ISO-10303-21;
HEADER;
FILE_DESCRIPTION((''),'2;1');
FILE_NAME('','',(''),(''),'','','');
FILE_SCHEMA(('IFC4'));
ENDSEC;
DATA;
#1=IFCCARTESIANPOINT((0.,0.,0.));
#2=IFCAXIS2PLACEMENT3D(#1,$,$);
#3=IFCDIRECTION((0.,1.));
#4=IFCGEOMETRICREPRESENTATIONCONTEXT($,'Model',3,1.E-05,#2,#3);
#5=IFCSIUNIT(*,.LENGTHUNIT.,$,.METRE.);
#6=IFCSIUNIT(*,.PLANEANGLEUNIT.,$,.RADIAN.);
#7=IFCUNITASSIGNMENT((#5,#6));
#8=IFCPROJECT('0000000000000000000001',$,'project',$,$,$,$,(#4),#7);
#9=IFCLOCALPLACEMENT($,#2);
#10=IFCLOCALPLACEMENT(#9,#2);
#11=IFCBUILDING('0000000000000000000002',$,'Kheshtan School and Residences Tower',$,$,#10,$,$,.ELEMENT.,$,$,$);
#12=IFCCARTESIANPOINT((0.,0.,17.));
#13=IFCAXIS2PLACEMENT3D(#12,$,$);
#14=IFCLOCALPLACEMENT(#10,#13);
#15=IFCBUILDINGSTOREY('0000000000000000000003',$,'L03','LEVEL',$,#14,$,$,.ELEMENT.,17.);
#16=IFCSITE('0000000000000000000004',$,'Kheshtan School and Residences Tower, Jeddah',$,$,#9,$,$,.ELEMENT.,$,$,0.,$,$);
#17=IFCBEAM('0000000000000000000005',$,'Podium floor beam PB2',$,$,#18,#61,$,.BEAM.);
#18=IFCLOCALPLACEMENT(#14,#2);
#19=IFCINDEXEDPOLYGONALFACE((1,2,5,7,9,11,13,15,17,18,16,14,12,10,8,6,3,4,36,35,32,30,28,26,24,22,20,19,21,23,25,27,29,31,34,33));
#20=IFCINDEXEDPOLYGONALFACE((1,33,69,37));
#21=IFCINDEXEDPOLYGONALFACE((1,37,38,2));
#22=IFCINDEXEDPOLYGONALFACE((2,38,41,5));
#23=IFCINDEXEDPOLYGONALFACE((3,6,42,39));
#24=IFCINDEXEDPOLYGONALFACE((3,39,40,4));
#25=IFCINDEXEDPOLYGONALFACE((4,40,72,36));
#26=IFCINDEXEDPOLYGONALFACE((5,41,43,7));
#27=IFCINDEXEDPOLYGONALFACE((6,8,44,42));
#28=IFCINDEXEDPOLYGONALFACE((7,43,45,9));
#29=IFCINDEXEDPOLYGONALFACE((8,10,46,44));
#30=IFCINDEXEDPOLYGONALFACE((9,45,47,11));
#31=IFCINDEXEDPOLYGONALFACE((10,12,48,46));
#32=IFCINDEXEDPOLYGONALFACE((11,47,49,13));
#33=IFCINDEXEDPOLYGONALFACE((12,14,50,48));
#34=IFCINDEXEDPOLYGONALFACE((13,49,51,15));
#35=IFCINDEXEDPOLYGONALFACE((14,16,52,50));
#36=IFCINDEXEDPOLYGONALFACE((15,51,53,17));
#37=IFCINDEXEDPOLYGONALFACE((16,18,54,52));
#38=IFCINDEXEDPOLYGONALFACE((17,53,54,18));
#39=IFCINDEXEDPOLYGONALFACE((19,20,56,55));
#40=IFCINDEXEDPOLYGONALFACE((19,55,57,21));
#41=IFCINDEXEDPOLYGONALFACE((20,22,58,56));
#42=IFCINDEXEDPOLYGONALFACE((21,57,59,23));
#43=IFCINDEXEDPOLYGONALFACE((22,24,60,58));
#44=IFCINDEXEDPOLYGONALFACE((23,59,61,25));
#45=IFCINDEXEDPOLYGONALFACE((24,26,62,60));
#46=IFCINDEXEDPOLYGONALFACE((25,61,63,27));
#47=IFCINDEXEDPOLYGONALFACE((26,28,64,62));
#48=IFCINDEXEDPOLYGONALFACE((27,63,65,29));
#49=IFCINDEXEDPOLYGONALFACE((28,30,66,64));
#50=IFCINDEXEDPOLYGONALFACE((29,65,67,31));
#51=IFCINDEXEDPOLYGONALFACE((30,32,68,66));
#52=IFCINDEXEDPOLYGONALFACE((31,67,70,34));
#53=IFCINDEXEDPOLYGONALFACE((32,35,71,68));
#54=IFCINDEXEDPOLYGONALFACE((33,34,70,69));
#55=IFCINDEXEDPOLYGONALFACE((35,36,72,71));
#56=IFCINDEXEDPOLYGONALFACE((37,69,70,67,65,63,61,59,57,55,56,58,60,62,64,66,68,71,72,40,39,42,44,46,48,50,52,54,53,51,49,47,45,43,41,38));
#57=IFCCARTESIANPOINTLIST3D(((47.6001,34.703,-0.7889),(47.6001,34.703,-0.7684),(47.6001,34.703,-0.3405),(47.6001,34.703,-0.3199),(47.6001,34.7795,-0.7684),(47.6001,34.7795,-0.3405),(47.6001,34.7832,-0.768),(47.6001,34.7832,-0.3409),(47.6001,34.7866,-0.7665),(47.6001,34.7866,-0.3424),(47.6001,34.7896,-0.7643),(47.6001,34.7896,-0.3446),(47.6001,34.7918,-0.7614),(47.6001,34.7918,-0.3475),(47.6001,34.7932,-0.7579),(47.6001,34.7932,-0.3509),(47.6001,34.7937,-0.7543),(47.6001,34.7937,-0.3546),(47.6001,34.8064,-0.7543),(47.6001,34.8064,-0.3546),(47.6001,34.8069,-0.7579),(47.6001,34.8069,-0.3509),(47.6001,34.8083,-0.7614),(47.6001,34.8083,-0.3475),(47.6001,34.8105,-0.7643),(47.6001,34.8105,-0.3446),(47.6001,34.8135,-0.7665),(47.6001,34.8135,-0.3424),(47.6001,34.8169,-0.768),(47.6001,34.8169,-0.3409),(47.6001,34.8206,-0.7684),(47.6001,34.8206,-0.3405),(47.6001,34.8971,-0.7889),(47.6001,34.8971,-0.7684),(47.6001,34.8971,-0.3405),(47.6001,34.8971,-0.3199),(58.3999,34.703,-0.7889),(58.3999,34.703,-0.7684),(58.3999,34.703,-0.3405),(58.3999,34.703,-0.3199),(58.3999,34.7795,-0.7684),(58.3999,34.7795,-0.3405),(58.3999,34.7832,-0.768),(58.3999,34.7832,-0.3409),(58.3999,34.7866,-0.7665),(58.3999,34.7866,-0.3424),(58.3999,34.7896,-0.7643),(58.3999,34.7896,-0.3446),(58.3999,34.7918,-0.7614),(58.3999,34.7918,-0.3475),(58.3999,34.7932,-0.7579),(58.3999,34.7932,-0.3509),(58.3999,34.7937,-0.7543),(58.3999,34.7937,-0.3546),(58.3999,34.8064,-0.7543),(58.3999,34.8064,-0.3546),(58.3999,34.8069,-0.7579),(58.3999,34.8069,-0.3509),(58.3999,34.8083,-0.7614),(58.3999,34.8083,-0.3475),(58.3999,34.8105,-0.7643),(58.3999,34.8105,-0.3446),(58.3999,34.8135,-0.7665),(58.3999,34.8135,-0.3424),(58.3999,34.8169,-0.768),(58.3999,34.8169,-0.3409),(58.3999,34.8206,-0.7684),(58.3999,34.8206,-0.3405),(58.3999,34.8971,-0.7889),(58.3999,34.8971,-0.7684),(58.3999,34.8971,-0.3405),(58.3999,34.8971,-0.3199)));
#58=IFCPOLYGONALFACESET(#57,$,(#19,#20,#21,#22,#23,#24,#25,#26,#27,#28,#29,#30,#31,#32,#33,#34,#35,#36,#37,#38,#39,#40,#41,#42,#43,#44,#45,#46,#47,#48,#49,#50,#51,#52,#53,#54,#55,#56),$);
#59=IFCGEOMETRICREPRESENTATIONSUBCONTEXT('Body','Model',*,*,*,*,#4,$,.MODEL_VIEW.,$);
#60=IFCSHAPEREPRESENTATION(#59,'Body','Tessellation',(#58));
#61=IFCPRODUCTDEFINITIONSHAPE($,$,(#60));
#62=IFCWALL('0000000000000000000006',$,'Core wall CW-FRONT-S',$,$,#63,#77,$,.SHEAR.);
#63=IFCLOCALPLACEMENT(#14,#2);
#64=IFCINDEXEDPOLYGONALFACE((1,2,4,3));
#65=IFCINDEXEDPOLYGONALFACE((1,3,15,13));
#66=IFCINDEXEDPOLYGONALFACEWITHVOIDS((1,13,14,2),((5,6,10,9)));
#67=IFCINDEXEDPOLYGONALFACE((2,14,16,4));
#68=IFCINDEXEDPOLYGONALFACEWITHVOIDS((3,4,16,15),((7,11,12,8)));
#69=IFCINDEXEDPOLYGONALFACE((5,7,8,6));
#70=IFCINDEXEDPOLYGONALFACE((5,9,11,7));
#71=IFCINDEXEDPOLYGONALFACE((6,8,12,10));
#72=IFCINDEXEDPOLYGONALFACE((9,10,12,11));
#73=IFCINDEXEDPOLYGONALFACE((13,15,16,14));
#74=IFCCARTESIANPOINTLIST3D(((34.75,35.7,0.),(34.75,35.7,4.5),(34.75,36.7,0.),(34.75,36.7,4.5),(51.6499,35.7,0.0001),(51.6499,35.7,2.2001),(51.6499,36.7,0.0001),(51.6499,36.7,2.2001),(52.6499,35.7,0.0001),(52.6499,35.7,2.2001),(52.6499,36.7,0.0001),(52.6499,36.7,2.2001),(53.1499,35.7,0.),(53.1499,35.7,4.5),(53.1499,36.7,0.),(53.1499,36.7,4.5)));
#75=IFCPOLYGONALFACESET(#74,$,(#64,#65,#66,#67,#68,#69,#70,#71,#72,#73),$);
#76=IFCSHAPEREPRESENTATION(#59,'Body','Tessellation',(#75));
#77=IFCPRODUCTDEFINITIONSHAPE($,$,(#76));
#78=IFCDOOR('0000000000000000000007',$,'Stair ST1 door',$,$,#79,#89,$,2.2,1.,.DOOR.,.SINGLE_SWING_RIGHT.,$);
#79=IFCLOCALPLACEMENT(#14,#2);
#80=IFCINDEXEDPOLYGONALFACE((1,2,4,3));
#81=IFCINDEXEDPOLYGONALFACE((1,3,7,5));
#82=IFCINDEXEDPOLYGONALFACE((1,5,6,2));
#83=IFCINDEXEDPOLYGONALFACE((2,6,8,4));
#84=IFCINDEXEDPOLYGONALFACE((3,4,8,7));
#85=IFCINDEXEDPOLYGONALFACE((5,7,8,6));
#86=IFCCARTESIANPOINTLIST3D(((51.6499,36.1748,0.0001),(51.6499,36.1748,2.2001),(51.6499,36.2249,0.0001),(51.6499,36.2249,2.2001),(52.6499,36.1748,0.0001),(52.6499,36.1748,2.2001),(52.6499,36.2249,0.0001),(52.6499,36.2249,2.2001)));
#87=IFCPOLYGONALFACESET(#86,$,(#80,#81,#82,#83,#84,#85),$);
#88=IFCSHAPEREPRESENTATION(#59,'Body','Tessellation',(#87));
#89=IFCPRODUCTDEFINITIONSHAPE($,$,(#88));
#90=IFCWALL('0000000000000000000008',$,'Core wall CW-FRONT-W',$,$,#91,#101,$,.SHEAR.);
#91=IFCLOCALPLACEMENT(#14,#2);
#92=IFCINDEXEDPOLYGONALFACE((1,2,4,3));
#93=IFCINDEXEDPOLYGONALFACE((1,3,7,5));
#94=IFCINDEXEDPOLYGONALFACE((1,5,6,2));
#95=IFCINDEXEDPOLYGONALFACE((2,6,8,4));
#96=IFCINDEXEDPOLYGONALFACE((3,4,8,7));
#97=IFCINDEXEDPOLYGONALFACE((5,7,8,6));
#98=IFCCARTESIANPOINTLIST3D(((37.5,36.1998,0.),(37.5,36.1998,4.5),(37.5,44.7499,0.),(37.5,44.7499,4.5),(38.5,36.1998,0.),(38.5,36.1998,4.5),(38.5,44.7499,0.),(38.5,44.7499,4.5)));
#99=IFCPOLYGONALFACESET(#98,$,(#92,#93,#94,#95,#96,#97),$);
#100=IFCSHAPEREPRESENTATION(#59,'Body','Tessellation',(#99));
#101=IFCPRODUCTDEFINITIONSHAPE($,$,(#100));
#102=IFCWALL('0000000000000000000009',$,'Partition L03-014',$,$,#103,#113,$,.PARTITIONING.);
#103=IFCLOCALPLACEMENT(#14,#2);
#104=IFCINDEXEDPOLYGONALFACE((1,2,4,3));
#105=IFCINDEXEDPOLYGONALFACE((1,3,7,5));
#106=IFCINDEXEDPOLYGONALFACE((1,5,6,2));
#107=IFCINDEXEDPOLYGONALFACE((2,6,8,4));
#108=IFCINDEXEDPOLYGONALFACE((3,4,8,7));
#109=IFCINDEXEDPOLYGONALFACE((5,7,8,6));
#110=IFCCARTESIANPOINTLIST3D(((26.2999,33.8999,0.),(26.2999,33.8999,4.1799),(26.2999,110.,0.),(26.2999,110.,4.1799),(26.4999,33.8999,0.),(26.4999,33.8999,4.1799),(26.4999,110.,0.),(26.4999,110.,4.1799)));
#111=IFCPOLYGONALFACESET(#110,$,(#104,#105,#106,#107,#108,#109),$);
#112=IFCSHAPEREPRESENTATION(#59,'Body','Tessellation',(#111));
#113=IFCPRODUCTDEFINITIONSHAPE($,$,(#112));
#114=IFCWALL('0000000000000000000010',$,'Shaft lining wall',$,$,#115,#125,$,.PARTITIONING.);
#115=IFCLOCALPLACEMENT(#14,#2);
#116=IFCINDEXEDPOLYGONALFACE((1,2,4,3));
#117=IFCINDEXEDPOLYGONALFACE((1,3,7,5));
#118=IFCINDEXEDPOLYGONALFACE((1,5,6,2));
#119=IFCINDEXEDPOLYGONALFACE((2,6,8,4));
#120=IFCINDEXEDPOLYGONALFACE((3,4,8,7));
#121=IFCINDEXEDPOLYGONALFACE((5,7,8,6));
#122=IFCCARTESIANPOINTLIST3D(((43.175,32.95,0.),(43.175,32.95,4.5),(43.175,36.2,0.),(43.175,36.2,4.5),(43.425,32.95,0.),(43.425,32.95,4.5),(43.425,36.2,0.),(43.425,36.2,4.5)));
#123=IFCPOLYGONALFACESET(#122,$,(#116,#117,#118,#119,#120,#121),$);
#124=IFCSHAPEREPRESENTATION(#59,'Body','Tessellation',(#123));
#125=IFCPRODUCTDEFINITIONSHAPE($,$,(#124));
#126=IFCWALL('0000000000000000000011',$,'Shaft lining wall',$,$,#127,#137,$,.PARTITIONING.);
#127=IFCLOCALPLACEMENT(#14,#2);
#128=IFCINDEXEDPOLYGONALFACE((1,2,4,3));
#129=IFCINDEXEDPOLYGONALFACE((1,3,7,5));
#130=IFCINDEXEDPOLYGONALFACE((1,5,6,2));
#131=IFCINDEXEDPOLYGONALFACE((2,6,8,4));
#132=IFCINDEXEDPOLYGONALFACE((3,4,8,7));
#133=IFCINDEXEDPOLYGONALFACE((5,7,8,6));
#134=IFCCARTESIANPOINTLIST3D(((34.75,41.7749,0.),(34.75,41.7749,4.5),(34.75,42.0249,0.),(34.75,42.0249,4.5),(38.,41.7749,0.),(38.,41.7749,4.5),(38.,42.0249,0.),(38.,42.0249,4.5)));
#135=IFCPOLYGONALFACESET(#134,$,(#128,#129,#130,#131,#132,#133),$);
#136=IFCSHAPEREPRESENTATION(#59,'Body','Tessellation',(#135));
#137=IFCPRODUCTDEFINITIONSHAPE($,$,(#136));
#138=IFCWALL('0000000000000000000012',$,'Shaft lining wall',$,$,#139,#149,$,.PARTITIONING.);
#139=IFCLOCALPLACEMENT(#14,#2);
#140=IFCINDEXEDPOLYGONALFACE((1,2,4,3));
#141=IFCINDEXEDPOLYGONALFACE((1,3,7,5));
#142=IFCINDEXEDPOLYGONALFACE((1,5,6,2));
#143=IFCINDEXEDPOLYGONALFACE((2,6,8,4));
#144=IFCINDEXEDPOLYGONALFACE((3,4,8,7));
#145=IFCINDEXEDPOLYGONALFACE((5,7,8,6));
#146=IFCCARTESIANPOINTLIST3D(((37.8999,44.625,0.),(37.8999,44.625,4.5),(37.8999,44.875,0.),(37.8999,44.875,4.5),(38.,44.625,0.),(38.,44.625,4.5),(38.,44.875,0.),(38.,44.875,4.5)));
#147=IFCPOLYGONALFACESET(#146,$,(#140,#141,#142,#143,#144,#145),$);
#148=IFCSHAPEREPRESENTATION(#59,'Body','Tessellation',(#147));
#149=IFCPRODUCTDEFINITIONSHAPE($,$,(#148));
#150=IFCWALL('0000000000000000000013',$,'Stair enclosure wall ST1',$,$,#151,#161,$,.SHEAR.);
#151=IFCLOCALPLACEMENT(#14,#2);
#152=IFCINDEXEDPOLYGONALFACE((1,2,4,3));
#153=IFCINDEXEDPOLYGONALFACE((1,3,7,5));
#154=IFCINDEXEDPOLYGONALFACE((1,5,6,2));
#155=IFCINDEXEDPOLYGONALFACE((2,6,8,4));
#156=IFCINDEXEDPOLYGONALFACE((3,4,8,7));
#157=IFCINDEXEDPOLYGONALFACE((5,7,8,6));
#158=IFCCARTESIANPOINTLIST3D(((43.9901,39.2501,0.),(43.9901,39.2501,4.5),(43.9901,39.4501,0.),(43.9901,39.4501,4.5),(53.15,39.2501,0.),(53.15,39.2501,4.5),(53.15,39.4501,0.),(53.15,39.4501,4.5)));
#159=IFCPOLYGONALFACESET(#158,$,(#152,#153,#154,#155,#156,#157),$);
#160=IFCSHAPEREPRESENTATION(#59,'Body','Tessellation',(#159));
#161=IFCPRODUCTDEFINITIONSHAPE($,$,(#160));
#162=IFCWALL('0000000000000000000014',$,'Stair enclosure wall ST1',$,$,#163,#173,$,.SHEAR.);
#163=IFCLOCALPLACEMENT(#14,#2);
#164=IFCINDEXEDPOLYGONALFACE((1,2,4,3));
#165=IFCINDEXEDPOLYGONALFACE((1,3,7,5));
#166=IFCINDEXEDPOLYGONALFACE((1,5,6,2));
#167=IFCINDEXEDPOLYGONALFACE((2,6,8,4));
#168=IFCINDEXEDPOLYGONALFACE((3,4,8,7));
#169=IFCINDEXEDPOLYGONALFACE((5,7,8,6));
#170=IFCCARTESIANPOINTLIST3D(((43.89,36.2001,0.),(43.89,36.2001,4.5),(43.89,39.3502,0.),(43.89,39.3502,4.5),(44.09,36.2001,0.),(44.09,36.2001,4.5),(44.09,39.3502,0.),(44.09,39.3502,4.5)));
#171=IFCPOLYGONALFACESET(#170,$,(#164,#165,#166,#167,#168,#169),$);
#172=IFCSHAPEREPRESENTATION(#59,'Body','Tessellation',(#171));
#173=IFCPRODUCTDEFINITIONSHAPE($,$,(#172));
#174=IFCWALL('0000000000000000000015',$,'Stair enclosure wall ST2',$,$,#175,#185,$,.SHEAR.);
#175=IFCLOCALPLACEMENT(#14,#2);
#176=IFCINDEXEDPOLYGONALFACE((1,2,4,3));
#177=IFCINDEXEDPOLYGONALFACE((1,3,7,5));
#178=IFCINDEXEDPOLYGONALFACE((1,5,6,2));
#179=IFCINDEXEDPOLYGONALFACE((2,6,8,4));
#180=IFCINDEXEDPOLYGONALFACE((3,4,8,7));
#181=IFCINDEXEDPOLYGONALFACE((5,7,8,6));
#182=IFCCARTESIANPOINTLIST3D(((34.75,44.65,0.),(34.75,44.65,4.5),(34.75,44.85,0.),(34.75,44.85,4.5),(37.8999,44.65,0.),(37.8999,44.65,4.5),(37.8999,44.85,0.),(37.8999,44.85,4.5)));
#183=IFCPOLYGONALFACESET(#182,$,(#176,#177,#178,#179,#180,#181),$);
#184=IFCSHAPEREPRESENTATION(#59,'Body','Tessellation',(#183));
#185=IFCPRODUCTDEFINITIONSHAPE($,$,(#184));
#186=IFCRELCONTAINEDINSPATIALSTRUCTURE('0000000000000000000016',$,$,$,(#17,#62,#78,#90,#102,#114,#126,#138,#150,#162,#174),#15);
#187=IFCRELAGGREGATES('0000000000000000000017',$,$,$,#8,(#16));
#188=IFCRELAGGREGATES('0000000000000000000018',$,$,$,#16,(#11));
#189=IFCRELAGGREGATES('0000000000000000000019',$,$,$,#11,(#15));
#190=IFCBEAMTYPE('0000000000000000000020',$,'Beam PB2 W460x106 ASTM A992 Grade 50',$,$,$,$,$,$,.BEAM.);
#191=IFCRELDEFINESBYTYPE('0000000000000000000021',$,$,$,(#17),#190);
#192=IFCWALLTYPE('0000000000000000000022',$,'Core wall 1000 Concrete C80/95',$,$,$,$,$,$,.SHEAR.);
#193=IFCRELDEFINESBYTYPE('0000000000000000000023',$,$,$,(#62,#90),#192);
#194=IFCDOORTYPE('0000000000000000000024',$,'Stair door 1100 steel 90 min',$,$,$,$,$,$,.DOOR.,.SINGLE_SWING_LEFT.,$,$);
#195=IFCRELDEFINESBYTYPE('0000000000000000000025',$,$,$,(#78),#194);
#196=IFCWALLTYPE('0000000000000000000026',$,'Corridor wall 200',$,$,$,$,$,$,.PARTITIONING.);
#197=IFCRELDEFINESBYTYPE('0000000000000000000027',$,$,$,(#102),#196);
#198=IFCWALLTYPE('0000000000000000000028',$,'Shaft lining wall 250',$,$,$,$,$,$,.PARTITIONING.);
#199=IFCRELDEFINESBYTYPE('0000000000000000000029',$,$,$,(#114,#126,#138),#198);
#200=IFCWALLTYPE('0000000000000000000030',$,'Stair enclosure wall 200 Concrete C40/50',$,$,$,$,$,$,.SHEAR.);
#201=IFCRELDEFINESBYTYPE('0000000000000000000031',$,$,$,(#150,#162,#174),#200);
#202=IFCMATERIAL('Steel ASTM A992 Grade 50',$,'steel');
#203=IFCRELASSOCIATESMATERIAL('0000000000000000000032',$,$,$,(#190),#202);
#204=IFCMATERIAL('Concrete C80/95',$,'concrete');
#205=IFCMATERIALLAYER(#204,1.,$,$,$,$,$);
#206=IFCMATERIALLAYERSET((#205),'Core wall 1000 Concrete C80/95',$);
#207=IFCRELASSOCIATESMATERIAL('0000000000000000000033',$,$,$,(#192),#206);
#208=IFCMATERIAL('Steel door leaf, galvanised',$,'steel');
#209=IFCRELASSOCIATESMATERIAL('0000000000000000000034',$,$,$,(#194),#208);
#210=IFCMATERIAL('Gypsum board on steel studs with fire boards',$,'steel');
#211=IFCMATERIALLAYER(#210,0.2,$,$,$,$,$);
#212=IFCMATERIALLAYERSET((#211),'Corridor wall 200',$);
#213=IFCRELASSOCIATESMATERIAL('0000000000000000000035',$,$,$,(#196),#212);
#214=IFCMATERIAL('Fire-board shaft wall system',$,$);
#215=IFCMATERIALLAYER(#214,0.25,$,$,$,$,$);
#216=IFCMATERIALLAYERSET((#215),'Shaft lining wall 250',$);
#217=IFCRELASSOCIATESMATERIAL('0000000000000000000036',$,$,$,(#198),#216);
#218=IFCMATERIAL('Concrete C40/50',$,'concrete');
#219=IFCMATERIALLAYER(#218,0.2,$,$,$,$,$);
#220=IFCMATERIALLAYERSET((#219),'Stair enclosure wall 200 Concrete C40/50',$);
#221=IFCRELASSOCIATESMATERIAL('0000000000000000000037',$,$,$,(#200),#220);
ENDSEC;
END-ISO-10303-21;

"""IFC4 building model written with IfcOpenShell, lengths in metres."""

from ifc_helpers import new_model, si_unit, direction, frame, frame_2d, origin, origin_2d, place, context, subcontext, project, spatial, rectangle, i_section, extrude, source, transform, mapped, material, layer, layer_set, material_profile, profile_set, type_object, element, fill, save


model = new_model("IFC4")

# Units and contexts
model_context = context("Model", 3, precision=1e-05, world=origin(), true_north=direction((0.0, 1.0)))
body_context = subcontext(model_context, "Body", "Model", "MODEL_VIEW")
ifc_project = project(units=[si_unit("LENGTHUNIT", "METRE"), si_unit("PLANEANGLEUNIT", "RADIAN")], contexts=[model_context])

# Site, building, storey
site_placement = place(None, origin())
site = spatial("IfcSite", under=ifc_project, at=site_placement, Name="Kheshtan School and Residences Tower, Jeddah", CompositionType="ELEMENT", RefElevation=0.0)
building_placement = place(site_placement, origin())
building = spatial("IfcBuilding", under=site, at=building_placement, Name="Kheshtan School and Residences Tower", CompositionType="ELEMENT")
storey_placement = place(building_placement, frame((0.0, 0.0, 17.0)))
storey = spatial("IfcBuildingStorey", under=building, at=storey_placement, Name="L03", Description="LEVEL", CompositionType="ELEMENT", Elevation=17.0)

# Shared definitions
ifc_material_1 = material(Name="Steel ASTM A992 Grade 50", Category="steel")

# Beam
ifc_material_profile_1 = material_profile(ifc_material_1, i_section(OverallWidth=0.1941, OverallDepth=0.469, WebThickness=0.0127, FlangeThickness=0.0205, FilletRadius=0.0142, at=origin_2d()), Name="W460x106")
ifc_profile_set_1 = profile_set([ifc_material_profile_1], Name="Steel ASTM A992 Grade 50")
beam_type = type_object("IfcBeamType", Name="Beam PB2 W460x106 ASTM A992 Grade 50", PredefinedType="BEAM", material=ifc_profile_set_1)
beam_1_placement = place(storey_placement, frame((47.6001, 34.8, -0.5544), z_axis=(1.0, 0.0, 0.0), x_axis=(0.0, 1.0, 0.0)))
element("IfcBeam", 1, at=beam_1_placement, inside=storey, type_object=beam_type, Name="Podium floor beam PB2", PredefinedType="BEAM", context=body_context, shape_type="SweptSolid", body=[
    extrude(i_section(OverallWidth=0.1941, OverallDepth=0.469, WebThickness=0.0127, FlangeThickness=0.0205, FilletRadius=0.0142, at=origin_2d()), origin(), (0.0, 0.0, 1.0), 10.7998),
])

# Wall, opening, door
ifc_material_2 = material(Name="Concrete C80/95", Category="concrete")
ifc_layer_1 = layer(ifc_material_2, 1.0)
ifc_layer_set_1 = layer_set([ifc_layer_1], Name="Core wall 1000 Concrete C80/95")
wall_type_1 = type_object("IfcWallType", Name="Core wall 1000 Concrete C80/95", PredefinedType="SHEAR", material=ifc_layer_set_1)
wall_1_placement = place(storey_placement, frame((34.75, 36.2, 0.0), z_axis=(0.0, 0.0, 1.0), x_axis=(1.0, 0.0, 0.0)))
wall_1 = element("IfcWall", 2, at=wall_1_placement, inside=storey, type_object=wall_type_1, Name="Core wall CW-FRONT-S", PredefinedType="SHEAR", context=body_context, shape_type="SweptSolid", body=[
    extrude(rectangle(XDim=18.3999, YDim=1.0, at=frame_2d((9.2, 0.0))), origin(), (0.0, 0.0, 1.0), 4.5),
])
opening_placement = place(wall_1_placement, frame((16.8999, 0.0, 0.0)))
opening = element("IfcOpeningElement", 3, at=opening_placement, cuts=wall_1, PredefinedType="OPENING", context=body_context, shape_type="SweptSolid", body=[
    extrude(rectangle(XDim=1.0, YDim=2.2, at=frame_2d((0.5, 1.1001))), frame((0.0, 0.51, 0.0), z_axis=(0.0, -1.0, 0.0), x_axis=(1.0, 0.0, 0.0)), (0.0, 0.0, 1.0), 1.02),
])
ifc_material_3 = material(Name="Steel door leaf, galvanised", Category="steel")
door_type = type_object("IfcDoorType", Name="Stair door 1100 steel 90 min", OperationType="SINGLE_SWING_LEFT", PredefinedType="DOOR", material=ifc_material_3)
shared_shape = source(origin(), body_context, "Body", "SweptSolid", [
    extrude(rectangle(XDim=1.0, YDim=2.2, at=frame_2d((0.5, 1.1001))), frame((0.0, 0.0249, 0.0), z_axis=(0.0, -1.0, 0.0), x_axis=(1.0, 0.0, 0.0)), (0.0, 0.0, 1.0), 0.05),
])
door_placement = place(opening_placement, origin())
door = element("IfcDoor", 4, at=door_placement, inside=storey, type_object=door_type, Name="Stair ST1 door", OperationType="SINGLE_SWING_RIGHT", OverallHeight=2.2, OverallWidth=1.0, PredefinedType="DOOR", context=body_context, shape_type="MappedRepresentation", body=[
    mapped(shared_shape, transform((0.0, 0.0, 0.0), x_axis=(1.0, 0.0, 0.0), y_axis=(0.0, 1.0, 0.0), z_axis=(0.0, 0.0, 1.0), scale=1.0)),
])
fill(opening, door)

# Walls
wall_2_placement = place(storey_placement, frame((38.0, 36.2, 0.0), z_axis=(0.0, 0.0, 1.0), x_axis=(0.0, 1.0, 0.0)))
element("IfcWall", 5, at=wall_2_placement, inside=storey, type_object=wall_type_1, Name="Core wall CW-FRONT-W", PredefinedType="SHEAR", context=body_context, shape_type="SweptSolid", body=[
    extrude(rectangle(XDim=8.55, YDim=1.0, at=frame_2d((4.2749, 0.0))), origin(), (0.0, 0.0, 1.0), 4.5),
])
ifc_material_4 = material(Name="Gypsum board on steel studs with fire boards", Category="steel")
ifc_layer_2 = layer(ifc_material_4, 0.2)
ifc_layer_set_2 = layer_set([ifc_layer_2], Name="Corridor wall 200")
wall_type_2 = type_object("IfcWallType", Name="Corridor wall 200", PredefinedType="PARTITIONING", material=ifc_layer_set_2)
wall_3_placement = place(storey_placement, frame((26.3999, 33.8999, 0.0), z_axis=(0.0, 0.0, 1.0), x_axis=(0.0, 1.0, 0.0)))
element("IfcWall", 6, at=wall_3_placement, inside=storey, type_object=wall_type_2, Name="Partition L03-014", PredefinedType="PARTITIONING", context=body_context, shape_type="SweptSolid", body=[
    extrude(rectangle(XDim=76.1001, YDim=0.2, at=frame_2d((38.05, 0.0))), origin(), (0.0, 0.0, 1.0), 4.1799),
])
ifc_material_5 = material(Name="Fire-board shaft wall system")
ifc_layer_3 = layer(ifc_material_5, 0.25)
ifc_layer_set_3 = layer_set([ifc_layer_3], Name="Shaft lining wall 250")
wall_type_3 = type_object("IfcWallType", Name="Shaft lining wall 250", PredefinedType="PARTITIONING", material=ifc_layer_set_3)
for number, where, z_axis, x_axis, name in (
    (7, (43.3, 32.95, 0.0), (0.0, 0.0, 1.0), (0.0, 1.0, 0.0), "Shaft lining wall"),
    (8, (34.75, 41.8999, 0.0), (0.0, 0.0, 1.0), (1.0, 0.0, 0.0), "Shaft lining wall"),
):
    element("IfcWall", number, at=place(storey_placement, frame(where, z_axis=z_axis, x_axis=x_axis)), inside=storey, type_object=wall_type_3, Name=name, PredefinedType="PARTITIONING", context=body_context, shape_type="SweptSolid", body=[
        extrude(rectangle(XDim=3.25, YDim=0.25, at=frame_2d((1.625, 0.0))), origin(), (0.0, 0.0, 1.0), 4.5),
    ])
wall_4_placement = place(storey_placement, frame((37.8999, 44.75, 0.0), z_axis=(0.0, 0.0, 1.0), x_axis=(1.0, 0.0, 0.0)))
element("IfcWall", 9, at=wall_4_placement, inside=storey, type_object=wall_type_3, Name="Shaft lining wall", PredefinedType="PARTITIONING", context=body_context, shape_type="SweptSolid", body=[
    extrude(rectangle(XDim=0.1001, YDim=0.25, at=frame_2d((0.05, 0.0))), origin(), (0.0, 0.0, 1.0), 4.5),
])
ifc_material_6 = material(Name="Concrete C40/50", Category="concrete")
ifc_layer_4 = layer(ifc_material_6, 0.2)
ifc_layer_set_4 = layer_set([ifc_layer_4], Name="Stair enclosure wall 200 Concrete C40/50")
wall_type_4 = type_object("IfcWallType", Name="Stair enclosure wall 200 Concrete C40/50", PredefinedType="SHEAR", material=ifc_layer_set_4)
wall_5_placement = place(storey_placement, frame((43.99, 39.3501, 0.0), z_axis=(0.0, 0.0, 1.0), x_axis=(1.0, 0.0, 0.0)))
element("IfcWall", 10, at=wall_5_placement, inside=storey, type_object=wall_type_4, Name="Stair enclosure wall ST1", PredefinedType="SHEAR", context=body_context, shape_type="SweptSolid", body=[
    extrude(rectangle(XDim=9.1599, YDim=0.2, at=frame_2d((4.5801, 0.0))), origin(), (0.0, 0.0, 1.0), 4.5),
])
wall_6_placement = place(storey_placement, frame((43.99, 36.2, 0.0), z_axis=(0.0, 0.0, 1.0), x_axis=(0.0, 1.0, 0.0)))
element("IfcWall", 11, at=wall_6_placement, inside=storey, type_object=wall_type_4, Name="Stair enclosure wall ST1", PredefinedType="SHEAR", context=body_context, shape_type="SweptSolid", body=[
    extrude(rectangle(XDim=3.1501, YDim=0.2, at=frame_2d((1.5752, 0.0))), origin(), (0.0, 0.0, 1.0), 4.5),
])
wall_7_placement = place(storey_placement, frame((34.75, 44.75, 0.0), z_axis=(0.0, 0.0, 1.0), x_axis=(1.0, 0.0, 0.0)))
element("IfcWall", 12, at=wall_7_placement, inside=storey, type_object=wall_type_4, Name="Stair enclosure wall ST2", PredefinedType="SHEAR", context=body_context, shape_type="SweptSolid", body=[
    extrude(rectangle(XDim=3.1499, YDim=0.2, at=frame_2d((1.575, 0.0))), origin(), (0.0, 0.0, 1.0), 4.5),
])

save(model, "model.ifc")
